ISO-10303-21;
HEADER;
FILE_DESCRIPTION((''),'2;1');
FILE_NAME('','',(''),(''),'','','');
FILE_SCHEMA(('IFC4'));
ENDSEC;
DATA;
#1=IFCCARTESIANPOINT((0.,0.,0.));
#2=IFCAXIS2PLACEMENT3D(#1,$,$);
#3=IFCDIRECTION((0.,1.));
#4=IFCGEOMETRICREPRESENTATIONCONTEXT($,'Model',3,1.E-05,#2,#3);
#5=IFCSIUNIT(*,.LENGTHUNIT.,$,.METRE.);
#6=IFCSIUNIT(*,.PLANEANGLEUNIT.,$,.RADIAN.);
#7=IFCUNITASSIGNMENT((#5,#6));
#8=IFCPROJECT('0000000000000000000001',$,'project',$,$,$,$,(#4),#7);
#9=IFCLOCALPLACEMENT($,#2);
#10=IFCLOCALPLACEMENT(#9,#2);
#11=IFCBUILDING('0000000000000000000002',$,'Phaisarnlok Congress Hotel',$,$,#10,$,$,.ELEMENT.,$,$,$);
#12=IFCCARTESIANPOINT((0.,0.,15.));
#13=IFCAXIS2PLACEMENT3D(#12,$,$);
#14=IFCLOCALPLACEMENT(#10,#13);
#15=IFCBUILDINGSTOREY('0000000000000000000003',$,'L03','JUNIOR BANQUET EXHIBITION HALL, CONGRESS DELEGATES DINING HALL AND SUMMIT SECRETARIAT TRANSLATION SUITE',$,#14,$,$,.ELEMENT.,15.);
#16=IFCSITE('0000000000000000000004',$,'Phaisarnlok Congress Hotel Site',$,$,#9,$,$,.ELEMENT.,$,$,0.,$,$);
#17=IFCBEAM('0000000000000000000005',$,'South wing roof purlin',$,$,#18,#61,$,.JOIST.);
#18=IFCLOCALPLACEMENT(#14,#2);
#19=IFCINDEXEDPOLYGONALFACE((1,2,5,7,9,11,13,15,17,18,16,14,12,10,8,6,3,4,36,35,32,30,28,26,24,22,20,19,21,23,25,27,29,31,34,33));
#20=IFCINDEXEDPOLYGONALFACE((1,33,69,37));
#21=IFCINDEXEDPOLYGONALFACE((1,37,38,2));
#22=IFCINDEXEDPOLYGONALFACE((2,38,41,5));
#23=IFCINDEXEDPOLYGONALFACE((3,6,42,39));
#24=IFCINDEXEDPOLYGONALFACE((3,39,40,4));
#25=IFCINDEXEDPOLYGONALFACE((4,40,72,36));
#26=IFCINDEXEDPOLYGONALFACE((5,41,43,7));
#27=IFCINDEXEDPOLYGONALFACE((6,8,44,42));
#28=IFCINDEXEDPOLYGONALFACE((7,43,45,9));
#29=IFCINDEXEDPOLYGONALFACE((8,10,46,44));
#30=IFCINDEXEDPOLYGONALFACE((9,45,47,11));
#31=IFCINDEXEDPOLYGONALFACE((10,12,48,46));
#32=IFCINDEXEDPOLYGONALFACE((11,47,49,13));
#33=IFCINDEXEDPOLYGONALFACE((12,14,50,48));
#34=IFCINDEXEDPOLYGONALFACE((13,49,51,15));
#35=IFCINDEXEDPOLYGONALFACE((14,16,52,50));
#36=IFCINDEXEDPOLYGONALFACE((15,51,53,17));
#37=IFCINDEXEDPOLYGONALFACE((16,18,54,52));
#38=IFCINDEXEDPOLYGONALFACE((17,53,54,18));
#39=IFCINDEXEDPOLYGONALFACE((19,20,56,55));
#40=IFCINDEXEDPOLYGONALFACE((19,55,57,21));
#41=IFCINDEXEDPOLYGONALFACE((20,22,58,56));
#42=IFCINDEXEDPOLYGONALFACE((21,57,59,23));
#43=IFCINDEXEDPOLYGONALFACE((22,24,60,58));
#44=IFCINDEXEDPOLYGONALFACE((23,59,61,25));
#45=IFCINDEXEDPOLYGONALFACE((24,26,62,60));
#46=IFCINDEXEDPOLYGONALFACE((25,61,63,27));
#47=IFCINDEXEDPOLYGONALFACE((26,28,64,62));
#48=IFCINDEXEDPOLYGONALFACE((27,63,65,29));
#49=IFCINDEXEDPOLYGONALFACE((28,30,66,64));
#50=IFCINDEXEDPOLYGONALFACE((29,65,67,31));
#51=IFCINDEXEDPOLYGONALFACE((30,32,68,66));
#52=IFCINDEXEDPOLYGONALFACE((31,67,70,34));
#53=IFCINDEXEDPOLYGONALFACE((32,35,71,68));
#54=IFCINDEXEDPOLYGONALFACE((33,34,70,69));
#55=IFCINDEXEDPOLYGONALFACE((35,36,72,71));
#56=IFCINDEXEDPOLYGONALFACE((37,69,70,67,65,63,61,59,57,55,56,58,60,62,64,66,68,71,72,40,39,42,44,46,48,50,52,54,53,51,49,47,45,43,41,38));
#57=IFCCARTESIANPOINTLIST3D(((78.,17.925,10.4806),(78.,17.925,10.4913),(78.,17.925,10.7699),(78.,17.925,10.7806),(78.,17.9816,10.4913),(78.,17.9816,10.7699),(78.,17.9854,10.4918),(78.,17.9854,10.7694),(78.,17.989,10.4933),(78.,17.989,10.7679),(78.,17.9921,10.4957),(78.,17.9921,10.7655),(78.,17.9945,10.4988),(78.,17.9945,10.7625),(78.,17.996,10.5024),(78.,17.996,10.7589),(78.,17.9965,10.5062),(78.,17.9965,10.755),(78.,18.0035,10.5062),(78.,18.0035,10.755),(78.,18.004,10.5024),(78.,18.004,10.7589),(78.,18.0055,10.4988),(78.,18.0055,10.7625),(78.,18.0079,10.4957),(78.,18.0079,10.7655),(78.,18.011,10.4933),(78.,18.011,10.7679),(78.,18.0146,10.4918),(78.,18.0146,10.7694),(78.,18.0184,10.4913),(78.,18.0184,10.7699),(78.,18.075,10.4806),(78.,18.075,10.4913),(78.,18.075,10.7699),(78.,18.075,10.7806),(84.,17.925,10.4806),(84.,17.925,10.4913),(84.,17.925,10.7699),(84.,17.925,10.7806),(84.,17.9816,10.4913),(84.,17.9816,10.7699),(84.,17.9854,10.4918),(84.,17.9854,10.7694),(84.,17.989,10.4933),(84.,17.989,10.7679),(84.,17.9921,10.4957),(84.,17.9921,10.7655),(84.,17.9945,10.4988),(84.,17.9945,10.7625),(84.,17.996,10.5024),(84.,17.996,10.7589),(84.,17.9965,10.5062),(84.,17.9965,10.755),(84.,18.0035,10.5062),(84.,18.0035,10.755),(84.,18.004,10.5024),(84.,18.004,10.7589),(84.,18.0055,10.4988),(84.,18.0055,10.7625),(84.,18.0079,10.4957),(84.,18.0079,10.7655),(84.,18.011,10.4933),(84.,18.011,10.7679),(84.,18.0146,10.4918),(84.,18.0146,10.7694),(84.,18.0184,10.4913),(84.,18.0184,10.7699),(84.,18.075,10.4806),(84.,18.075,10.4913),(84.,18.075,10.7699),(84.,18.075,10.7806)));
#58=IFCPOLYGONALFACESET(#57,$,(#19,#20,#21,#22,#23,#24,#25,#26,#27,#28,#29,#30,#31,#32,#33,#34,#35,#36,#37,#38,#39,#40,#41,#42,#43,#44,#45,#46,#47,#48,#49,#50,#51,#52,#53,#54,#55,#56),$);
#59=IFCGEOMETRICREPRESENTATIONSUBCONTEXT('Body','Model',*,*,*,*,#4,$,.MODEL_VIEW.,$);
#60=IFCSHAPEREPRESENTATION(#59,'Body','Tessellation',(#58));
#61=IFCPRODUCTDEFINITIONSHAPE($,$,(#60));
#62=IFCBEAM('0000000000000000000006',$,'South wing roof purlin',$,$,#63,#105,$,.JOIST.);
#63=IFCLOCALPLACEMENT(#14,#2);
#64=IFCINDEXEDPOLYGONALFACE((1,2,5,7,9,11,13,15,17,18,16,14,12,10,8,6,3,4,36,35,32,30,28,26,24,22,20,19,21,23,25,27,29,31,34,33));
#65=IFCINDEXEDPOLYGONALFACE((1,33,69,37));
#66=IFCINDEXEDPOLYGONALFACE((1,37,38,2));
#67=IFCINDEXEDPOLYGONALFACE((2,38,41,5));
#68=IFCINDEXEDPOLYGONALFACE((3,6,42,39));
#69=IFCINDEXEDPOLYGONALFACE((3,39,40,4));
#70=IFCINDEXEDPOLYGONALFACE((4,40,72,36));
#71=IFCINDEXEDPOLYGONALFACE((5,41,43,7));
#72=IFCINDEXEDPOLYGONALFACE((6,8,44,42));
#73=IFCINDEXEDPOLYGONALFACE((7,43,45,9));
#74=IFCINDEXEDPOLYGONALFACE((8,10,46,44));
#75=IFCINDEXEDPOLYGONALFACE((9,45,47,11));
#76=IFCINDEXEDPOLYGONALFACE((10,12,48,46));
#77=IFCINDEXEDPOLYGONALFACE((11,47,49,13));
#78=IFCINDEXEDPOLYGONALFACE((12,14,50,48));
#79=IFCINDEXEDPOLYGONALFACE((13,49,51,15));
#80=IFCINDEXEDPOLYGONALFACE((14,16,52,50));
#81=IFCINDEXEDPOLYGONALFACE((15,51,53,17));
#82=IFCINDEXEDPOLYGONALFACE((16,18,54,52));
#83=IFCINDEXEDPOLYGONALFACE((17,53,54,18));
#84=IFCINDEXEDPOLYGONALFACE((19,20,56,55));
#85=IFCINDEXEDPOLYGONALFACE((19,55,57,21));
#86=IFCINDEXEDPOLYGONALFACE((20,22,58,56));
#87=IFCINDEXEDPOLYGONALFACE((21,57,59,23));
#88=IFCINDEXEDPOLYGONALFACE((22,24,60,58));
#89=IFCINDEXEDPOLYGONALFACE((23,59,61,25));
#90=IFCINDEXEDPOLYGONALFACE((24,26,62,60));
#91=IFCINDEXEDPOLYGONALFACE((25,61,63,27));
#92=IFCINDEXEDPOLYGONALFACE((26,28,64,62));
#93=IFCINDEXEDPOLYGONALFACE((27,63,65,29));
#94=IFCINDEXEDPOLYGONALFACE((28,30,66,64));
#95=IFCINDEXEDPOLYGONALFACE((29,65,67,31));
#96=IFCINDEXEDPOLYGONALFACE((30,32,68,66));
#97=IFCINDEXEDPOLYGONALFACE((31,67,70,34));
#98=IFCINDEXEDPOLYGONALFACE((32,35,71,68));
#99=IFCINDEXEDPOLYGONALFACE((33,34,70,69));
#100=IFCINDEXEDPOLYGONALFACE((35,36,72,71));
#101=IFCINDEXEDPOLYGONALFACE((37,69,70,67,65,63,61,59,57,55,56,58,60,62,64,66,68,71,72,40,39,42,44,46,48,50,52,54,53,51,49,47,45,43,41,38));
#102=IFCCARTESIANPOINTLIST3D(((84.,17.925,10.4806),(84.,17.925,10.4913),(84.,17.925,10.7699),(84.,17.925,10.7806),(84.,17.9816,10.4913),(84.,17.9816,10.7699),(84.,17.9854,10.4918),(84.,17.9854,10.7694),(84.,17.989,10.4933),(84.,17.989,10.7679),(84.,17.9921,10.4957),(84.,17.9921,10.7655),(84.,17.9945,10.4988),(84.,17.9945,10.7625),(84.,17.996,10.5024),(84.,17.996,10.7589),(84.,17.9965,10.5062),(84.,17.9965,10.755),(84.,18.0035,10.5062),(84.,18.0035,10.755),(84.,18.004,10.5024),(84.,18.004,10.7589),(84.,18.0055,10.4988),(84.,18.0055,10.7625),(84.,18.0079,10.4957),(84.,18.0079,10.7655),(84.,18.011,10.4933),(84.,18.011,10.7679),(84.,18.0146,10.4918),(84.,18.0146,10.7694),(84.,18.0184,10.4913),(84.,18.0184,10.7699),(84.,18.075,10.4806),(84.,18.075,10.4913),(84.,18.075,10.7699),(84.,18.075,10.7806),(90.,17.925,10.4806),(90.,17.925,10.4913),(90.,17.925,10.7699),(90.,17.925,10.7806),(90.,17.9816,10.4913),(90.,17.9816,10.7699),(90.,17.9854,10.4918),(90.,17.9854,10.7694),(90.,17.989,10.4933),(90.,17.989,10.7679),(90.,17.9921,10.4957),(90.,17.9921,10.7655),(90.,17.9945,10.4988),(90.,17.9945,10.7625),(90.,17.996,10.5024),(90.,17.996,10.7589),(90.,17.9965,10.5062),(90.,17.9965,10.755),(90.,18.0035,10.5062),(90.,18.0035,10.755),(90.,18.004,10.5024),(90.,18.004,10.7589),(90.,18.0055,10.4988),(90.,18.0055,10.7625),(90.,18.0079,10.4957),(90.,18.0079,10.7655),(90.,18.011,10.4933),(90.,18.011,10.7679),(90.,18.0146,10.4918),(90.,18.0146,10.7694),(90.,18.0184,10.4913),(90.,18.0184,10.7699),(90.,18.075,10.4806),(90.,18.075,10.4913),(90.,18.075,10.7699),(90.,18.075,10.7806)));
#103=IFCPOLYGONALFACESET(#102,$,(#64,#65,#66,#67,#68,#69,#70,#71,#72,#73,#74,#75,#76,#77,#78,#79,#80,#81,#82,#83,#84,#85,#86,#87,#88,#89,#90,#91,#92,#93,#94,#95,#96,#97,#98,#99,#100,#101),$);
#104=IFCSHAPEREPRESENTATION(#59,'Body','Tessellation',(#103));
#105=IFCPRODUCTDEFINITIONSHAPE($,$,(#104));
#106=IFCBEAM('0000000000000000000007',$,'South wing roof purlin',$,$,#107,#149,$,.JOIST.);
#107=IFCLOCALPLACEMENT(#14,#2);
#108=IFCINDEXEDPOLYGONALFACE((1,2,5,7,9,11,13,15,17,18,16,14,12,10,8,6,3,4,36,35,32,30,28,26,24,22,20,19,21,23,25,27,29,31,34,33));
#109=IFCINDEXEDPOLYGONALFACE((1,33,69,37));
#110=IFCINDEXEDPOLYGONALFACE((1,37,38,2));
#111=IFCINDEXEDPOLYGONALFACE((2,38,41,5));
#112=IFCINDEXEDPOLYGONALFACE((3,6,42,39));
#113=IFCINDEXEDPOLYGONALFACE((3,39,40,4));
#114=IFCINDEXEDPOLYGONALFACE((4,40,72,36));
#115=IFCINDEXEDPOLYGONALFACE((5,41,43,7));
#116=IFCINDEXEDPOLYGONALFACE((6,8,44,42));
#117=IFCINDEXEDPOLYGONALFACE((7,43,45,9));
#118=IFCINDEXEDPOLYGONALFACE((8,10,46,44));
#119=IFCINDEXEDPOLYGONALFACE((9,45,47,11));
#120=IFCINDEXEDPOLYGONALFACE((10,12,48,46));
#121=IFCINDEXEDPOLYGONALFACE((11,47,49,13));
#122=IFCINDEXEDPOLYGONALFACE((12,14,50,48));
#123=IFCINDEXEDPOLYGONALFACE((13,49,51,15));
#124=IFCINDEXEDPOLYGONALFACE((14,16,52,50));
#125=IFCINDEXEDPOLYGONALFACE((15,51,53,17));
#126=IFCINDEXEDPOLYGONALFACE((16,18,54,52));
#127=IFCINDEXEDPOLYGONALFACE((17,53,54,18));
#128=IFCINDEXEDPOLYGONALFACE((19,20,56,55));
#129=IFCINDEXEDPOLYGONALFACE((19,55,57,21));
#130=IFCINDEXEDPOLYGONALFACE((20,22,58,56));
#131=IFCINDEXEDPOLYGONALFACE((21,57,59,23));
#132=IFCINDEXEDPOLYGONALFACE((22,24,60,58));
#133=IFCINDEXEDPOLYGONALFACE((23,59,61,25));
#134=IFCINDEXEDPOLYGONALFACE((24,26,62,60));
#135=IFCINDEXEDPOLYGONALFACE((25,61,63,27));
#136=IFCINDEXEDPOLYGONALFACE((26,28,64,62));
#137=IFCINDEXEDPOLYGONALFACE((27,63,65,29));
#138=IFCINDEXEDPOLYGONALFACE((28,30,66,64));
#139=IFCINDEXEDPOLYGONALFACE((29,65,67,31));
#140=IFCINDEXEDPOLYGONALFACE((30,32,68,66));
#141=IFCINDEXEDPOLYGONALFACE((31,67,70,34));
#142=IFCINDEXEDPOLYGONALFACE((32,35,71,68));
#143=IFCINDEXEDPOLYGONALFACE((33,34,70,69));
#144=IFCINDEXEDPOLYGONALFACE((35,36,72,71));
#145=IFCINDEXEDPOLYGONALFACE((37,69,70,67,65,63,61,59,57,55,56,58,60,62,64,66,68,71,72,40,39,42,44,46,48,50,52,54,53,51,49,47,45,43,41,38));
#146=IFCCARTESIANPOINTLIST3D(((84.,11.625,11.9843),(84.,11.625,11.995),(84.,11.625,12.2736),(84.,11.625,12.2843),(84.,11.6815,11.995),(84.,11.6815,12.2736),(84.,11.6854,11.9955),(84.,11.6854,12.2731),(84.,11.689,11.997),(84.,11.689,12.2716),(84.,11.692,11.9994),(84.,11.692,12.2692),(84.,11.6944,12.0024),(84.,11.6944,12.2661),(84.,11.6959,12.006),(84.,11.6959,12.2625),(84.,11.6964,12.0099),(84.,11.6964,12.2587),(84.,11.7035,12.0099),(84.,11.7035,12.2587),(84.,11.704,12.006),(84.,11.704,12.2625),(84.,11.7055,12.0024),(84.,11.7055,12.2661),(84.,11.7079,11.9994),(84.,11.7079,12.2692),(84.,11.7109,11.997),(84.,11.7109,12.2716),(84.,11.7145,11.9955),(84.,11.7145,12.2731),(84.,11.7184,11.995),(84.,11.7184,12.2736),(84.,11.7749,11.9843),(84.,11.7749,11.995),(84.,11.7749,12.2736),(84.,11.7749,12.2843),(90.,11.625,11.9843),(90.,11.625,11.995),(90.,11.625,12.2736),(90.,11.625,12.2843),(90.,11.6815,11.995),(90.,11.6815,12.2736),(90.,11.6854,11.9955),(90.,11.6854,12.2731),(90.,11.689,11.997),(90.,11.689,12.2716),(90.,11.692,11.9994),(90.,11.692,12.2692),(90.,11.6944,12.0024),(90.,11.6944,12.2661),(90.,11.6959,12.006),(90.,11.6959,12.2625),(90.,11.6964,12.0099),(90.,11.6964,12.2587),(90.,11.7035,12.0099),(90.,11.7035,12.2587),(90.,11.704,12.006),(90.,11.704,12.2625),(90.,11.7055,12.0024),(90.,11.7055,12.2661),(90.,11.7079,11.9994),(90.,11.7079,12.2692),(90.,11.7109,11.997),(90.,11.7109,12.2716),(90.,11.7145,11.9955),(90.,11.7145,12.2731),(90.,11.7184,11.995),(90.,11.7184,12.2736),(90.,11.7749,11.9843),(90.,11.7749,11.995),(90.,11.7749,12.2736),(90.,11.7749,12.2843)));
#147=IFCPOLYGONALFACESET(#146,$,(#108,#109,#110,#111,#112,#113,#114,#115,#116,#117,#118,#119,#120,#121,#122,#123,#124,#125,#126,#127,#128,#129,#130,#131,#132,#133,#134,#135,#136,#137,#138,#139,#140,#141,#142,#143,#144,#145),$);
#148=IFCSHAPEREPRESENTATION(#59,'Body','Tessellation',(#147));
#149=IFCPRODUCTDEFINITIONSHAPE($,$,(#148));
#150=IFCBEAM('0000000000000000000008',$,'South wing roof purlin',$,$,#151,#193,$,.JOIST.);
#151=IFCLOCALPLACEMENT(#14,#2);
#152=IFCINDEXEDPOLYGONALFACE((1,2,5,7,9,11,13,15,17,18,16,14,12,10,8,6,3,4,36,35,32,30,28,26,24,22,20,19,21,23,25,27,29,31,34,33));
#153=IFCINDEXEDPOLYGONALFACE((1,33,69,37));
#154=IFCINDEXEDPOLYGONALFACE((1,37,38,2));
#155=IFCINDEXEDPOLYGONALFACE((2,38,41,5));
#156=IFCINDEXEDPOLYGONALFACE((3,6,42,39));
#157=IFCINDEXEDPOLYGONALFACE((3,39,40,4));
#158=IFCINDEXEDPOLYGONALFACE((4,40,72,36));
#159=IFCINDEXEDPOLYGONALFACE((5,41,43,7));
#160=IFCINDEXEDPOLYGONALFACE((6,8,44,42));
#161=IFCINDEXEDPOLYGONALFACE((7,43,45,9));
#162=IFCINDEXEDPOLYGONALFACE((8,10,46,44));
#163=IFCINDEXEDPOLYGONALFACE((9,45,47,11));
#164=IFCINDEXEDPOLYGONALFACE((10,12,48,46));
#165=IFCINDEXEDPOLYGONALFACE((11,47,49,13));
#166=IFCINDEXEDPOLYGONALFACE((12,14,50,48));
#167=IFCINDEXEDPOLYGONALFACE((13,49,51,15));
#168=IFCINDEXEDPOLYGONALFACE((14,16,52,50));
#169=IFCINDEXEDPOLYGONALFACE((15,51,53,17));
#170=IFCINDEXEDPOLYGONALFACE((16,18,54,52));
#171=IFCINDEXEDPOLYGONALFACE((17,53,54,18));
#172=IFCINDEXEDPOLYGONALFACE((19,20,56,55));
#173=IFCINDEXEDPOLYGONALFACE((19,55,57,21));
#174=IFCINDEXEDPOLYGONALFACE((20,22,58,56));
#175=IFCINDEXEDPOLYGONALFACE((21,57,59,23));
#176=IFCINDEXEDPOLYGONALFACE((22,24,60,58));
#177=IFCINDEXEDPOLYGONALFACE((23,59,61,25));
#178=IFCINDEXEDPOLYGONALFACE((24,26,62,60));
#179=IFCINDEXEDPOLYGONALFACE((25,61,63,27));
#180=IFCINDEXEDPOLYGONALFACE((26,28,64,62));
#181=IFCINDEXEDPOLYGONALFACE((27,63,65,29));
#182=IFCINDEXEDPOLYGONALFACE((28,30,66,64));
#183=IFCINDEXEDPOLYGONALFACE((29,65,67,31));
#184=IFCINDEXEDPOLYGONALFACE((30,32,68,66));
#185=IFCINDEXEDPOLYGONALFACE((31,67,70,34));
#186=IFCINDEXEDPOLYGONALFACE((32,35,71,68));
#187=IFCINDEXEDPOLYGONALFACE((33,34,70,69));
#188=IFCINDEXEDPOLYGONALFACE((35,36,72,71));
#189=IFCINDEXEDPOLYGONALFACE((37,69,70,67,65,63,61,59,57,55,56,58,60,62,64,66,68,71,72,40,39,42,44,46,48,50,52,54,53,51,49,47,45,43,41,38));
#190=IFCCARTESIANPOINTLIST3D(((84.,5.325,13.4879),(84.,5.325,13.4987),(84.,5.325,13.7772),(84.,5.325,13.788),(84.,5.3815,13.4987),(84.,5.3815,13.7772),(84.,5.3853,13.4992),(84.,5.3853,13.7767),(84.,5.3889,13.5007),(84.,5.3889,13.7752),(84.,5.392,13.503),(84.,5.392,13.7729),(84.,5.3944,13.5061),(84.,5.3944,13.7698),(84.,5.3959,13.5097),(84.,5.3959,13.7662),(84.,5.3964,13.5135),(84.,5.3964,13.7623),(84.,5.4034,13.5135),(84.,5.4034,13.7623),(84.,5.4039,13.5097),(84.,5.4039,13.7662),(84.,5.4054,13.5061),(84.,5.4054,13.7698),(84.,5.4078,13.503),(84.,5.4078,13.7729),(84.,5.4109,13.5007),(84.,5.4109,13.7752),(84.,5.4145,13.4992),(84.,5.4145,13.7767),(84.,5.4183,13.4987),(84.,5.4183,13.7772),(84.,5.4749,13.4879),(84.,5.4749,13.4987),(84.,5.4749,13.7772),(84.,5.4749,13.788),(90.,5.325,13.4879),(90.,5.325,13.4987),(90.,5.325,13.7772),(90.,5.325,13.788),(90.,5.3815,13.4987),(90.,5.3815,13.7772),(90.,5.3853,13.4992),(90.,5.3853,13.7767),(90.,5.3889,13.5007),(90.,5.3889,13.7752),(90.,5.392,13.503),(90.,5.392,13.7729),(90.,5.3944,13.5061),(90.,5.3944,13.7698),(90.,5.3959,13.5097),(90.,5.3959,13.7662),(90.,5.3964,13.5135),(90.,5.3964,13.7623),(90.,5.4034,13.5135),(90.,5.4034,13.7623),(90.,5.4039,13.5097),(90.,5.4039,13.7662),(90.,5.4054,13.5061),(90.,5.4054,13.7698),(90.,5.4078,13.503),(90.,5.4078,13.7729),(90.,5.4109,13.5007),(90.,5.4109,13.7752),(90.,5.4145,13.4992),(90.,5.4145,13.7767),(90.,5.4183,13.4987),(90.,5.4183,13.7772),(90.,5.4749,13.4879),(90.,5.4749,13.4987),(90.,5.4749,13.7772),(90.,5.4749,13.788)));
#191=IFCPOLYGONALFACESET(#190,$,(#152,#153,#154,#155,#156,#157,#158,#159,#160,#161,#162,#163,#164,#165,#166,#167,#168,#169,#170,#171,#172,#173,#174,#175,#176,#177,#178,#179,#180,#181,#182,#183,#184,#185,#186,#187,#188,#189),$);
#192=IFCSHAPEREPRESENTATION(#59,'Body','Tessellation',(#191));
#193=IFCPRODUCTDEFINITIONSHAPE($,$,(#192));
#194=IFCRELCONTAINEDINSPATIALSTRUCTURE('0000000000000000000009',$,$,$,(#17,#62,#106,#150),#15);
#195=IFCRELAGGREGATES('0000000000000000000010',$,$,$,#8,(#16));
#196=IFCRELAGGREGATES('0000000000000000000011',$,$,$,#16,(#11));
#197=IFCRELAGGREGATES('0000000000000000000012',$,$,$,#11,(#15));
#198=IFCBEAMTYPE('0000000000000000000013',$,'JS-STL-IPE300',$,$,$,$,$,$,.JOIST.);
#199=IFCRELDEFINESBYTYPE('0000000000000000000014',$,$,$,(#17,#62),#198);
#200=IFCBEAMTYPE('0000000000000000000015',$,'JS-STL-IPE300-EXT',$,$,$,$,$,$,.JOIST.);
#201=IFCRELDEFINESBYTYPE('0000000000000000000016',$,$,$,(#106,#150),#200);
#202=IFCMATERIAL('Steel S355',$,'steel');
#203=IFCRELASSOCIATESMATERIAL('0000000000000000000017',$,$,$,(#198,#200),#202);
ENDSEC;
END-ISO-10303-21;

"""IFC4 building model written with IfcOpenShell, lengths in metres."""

from ifc_helpers import new_model, si_unit, direction, frame, origin, origin_2d, place, context, subcontext, project, spatial, i_section, extrude, material, material_profile, profile_set, type_object, element, save


model = new_model("IFC4")

# Units and contexts
model_context = context("Model", 3, precision=1e-05, world=origin(), true_north=direction((0.0, 1.0)))
body_context = subcontext(model_context, "Body", "Model", "MODEL_VIEW")
ifc_project = project(units=[si_unit("LENGTHUNIT", "METRE"), si_unit("PLANEANGLEUNIT", "RADIAN")], contexts=[model_context])

# Site, building, storey
site_placement = place(None, origin())
site = spatial("IfcSite", under=ifc_project, at=site_placement, Name="Phaisarnlok Congress Hotel Site", CompositionType="ELEMENT", RefElevation=0.0)
building_placement = place(site_placement, origin())
building = spatial("IfcBuilding", under=site, at=building_placement, Name="Phaisarnlok Congress Hotel", CompositionType="ELEMENT")
storey_placement = place(building_placement, frame((0.0, 0.0, 15.0)))
storey = spatial("IfcBuildingStorey", under=building, at=storey_placement, Name="L03", Description="JUNIOR BANQUET EXHIBITION HALL, CONGRESS DELEGATES DINING HALL AND SUMMIT SECRETARIAT TRANSLATION SUITE", CompositionType="ELEMENT", Elevation=15.0)

# Beams
ifc_material_1 = material(Name="Steel S355", Category="steel")
ifc_material_profile_1 = material_profile(ifc_material_1, i_section(OverallWidth=0.1499, OverallDepth=0.3, WebThickness=0.0071, FlangeThickness=0.0107, FilletRadius=0.0149, at=origin_2d()), Name="IPE 300")
ifc_profile_set_1 = profile_set([ifc_material_profile_1], Name="Steel S355")
beam_type_1 = type_object("IfcBeamType", Name="JS-STL-IPE300", PredefinedType="JOIST", material=ifc_profile_set_1)
for number, where, z_axis, x_axis, name in (
    (1, (78.0, 18.0, 10.6306), (1.0, 0.0, 0.0), (0.0, 1.0, 0.0), "South wing roof purlin"),
    (2, (84.0, 18.0, 10.6306), (1.0, 0.0, 0.0), (0.0, 1.0, 0.0), "South wing roof purlin"),
):
    element("IfcBeam", number, at=place(storey_placement, frame(where, z_axis=z_axis, x_axis=x_axis)), inside=storey, type_object=beam_type_1, Name=name, PredefinedType="JOIST", context=body_context, shape_type="SweptSolid", body=[
        extrude(i_section(OverallWidth=0.1499, OverallDepth=0.3, WebThickness=0.0071, FlangeThickness=0.0107, FilletRadius=0.0149, at=origin_2d()), origin(), (0.0, 0.0, 1.0), 6.0),
    ])
ifc_material_profile_2 = material_profile(ifc_material_1, i_section(OverallWidth=0.1499, OverallDepth=0.3, WebThickness=0.0071, FlangeThickness=0.0107, FilletRadius=0.0149, at=origin_2d()), Name="IPE 300")
ifc_profile_set_2 = profile_set([ifc_material_profile_2], Name="Steel S355")
beam_type_2 = type_object("IfcBeamType", Name="JS-STL-IPE300-EXT", PredefinedType="JOIST", material=ifc_profile_set_2)
for number, where, z_axis, x_axis, name in (
    (3, (84.0, 11.7, 12.1343), (1.0, 0.0, 0.0), (0.0, 1.0, 0.0), "South wing roof purlin"),
    (4, (84.0, 5.3999, 13.6379), (1.0, 0.0, 0.0), (0.0, 1.0, 0.0), "South wing roof purlin"),
):
    element("IfcBeam", number, at=place(storey_placement, frame(where, z_axis=z_axis, x_axis=x_axis)), inside=storey, type_object=beam_type_2, Name=name, PredefinedType="JOIST", context=body_context, shape_type="SweptSolid", body=[
        extrude(i_section(OverallWidth=0.1499, OverallDepth=0.3, WebThickness=0.0071, FlangeThickness=0.0107, FilletRadius=0.0149, at=origin_2d()), origin(), (0.0, 0.0, 1.0), 6.0),
    ])

save(model, "model.ifc")
